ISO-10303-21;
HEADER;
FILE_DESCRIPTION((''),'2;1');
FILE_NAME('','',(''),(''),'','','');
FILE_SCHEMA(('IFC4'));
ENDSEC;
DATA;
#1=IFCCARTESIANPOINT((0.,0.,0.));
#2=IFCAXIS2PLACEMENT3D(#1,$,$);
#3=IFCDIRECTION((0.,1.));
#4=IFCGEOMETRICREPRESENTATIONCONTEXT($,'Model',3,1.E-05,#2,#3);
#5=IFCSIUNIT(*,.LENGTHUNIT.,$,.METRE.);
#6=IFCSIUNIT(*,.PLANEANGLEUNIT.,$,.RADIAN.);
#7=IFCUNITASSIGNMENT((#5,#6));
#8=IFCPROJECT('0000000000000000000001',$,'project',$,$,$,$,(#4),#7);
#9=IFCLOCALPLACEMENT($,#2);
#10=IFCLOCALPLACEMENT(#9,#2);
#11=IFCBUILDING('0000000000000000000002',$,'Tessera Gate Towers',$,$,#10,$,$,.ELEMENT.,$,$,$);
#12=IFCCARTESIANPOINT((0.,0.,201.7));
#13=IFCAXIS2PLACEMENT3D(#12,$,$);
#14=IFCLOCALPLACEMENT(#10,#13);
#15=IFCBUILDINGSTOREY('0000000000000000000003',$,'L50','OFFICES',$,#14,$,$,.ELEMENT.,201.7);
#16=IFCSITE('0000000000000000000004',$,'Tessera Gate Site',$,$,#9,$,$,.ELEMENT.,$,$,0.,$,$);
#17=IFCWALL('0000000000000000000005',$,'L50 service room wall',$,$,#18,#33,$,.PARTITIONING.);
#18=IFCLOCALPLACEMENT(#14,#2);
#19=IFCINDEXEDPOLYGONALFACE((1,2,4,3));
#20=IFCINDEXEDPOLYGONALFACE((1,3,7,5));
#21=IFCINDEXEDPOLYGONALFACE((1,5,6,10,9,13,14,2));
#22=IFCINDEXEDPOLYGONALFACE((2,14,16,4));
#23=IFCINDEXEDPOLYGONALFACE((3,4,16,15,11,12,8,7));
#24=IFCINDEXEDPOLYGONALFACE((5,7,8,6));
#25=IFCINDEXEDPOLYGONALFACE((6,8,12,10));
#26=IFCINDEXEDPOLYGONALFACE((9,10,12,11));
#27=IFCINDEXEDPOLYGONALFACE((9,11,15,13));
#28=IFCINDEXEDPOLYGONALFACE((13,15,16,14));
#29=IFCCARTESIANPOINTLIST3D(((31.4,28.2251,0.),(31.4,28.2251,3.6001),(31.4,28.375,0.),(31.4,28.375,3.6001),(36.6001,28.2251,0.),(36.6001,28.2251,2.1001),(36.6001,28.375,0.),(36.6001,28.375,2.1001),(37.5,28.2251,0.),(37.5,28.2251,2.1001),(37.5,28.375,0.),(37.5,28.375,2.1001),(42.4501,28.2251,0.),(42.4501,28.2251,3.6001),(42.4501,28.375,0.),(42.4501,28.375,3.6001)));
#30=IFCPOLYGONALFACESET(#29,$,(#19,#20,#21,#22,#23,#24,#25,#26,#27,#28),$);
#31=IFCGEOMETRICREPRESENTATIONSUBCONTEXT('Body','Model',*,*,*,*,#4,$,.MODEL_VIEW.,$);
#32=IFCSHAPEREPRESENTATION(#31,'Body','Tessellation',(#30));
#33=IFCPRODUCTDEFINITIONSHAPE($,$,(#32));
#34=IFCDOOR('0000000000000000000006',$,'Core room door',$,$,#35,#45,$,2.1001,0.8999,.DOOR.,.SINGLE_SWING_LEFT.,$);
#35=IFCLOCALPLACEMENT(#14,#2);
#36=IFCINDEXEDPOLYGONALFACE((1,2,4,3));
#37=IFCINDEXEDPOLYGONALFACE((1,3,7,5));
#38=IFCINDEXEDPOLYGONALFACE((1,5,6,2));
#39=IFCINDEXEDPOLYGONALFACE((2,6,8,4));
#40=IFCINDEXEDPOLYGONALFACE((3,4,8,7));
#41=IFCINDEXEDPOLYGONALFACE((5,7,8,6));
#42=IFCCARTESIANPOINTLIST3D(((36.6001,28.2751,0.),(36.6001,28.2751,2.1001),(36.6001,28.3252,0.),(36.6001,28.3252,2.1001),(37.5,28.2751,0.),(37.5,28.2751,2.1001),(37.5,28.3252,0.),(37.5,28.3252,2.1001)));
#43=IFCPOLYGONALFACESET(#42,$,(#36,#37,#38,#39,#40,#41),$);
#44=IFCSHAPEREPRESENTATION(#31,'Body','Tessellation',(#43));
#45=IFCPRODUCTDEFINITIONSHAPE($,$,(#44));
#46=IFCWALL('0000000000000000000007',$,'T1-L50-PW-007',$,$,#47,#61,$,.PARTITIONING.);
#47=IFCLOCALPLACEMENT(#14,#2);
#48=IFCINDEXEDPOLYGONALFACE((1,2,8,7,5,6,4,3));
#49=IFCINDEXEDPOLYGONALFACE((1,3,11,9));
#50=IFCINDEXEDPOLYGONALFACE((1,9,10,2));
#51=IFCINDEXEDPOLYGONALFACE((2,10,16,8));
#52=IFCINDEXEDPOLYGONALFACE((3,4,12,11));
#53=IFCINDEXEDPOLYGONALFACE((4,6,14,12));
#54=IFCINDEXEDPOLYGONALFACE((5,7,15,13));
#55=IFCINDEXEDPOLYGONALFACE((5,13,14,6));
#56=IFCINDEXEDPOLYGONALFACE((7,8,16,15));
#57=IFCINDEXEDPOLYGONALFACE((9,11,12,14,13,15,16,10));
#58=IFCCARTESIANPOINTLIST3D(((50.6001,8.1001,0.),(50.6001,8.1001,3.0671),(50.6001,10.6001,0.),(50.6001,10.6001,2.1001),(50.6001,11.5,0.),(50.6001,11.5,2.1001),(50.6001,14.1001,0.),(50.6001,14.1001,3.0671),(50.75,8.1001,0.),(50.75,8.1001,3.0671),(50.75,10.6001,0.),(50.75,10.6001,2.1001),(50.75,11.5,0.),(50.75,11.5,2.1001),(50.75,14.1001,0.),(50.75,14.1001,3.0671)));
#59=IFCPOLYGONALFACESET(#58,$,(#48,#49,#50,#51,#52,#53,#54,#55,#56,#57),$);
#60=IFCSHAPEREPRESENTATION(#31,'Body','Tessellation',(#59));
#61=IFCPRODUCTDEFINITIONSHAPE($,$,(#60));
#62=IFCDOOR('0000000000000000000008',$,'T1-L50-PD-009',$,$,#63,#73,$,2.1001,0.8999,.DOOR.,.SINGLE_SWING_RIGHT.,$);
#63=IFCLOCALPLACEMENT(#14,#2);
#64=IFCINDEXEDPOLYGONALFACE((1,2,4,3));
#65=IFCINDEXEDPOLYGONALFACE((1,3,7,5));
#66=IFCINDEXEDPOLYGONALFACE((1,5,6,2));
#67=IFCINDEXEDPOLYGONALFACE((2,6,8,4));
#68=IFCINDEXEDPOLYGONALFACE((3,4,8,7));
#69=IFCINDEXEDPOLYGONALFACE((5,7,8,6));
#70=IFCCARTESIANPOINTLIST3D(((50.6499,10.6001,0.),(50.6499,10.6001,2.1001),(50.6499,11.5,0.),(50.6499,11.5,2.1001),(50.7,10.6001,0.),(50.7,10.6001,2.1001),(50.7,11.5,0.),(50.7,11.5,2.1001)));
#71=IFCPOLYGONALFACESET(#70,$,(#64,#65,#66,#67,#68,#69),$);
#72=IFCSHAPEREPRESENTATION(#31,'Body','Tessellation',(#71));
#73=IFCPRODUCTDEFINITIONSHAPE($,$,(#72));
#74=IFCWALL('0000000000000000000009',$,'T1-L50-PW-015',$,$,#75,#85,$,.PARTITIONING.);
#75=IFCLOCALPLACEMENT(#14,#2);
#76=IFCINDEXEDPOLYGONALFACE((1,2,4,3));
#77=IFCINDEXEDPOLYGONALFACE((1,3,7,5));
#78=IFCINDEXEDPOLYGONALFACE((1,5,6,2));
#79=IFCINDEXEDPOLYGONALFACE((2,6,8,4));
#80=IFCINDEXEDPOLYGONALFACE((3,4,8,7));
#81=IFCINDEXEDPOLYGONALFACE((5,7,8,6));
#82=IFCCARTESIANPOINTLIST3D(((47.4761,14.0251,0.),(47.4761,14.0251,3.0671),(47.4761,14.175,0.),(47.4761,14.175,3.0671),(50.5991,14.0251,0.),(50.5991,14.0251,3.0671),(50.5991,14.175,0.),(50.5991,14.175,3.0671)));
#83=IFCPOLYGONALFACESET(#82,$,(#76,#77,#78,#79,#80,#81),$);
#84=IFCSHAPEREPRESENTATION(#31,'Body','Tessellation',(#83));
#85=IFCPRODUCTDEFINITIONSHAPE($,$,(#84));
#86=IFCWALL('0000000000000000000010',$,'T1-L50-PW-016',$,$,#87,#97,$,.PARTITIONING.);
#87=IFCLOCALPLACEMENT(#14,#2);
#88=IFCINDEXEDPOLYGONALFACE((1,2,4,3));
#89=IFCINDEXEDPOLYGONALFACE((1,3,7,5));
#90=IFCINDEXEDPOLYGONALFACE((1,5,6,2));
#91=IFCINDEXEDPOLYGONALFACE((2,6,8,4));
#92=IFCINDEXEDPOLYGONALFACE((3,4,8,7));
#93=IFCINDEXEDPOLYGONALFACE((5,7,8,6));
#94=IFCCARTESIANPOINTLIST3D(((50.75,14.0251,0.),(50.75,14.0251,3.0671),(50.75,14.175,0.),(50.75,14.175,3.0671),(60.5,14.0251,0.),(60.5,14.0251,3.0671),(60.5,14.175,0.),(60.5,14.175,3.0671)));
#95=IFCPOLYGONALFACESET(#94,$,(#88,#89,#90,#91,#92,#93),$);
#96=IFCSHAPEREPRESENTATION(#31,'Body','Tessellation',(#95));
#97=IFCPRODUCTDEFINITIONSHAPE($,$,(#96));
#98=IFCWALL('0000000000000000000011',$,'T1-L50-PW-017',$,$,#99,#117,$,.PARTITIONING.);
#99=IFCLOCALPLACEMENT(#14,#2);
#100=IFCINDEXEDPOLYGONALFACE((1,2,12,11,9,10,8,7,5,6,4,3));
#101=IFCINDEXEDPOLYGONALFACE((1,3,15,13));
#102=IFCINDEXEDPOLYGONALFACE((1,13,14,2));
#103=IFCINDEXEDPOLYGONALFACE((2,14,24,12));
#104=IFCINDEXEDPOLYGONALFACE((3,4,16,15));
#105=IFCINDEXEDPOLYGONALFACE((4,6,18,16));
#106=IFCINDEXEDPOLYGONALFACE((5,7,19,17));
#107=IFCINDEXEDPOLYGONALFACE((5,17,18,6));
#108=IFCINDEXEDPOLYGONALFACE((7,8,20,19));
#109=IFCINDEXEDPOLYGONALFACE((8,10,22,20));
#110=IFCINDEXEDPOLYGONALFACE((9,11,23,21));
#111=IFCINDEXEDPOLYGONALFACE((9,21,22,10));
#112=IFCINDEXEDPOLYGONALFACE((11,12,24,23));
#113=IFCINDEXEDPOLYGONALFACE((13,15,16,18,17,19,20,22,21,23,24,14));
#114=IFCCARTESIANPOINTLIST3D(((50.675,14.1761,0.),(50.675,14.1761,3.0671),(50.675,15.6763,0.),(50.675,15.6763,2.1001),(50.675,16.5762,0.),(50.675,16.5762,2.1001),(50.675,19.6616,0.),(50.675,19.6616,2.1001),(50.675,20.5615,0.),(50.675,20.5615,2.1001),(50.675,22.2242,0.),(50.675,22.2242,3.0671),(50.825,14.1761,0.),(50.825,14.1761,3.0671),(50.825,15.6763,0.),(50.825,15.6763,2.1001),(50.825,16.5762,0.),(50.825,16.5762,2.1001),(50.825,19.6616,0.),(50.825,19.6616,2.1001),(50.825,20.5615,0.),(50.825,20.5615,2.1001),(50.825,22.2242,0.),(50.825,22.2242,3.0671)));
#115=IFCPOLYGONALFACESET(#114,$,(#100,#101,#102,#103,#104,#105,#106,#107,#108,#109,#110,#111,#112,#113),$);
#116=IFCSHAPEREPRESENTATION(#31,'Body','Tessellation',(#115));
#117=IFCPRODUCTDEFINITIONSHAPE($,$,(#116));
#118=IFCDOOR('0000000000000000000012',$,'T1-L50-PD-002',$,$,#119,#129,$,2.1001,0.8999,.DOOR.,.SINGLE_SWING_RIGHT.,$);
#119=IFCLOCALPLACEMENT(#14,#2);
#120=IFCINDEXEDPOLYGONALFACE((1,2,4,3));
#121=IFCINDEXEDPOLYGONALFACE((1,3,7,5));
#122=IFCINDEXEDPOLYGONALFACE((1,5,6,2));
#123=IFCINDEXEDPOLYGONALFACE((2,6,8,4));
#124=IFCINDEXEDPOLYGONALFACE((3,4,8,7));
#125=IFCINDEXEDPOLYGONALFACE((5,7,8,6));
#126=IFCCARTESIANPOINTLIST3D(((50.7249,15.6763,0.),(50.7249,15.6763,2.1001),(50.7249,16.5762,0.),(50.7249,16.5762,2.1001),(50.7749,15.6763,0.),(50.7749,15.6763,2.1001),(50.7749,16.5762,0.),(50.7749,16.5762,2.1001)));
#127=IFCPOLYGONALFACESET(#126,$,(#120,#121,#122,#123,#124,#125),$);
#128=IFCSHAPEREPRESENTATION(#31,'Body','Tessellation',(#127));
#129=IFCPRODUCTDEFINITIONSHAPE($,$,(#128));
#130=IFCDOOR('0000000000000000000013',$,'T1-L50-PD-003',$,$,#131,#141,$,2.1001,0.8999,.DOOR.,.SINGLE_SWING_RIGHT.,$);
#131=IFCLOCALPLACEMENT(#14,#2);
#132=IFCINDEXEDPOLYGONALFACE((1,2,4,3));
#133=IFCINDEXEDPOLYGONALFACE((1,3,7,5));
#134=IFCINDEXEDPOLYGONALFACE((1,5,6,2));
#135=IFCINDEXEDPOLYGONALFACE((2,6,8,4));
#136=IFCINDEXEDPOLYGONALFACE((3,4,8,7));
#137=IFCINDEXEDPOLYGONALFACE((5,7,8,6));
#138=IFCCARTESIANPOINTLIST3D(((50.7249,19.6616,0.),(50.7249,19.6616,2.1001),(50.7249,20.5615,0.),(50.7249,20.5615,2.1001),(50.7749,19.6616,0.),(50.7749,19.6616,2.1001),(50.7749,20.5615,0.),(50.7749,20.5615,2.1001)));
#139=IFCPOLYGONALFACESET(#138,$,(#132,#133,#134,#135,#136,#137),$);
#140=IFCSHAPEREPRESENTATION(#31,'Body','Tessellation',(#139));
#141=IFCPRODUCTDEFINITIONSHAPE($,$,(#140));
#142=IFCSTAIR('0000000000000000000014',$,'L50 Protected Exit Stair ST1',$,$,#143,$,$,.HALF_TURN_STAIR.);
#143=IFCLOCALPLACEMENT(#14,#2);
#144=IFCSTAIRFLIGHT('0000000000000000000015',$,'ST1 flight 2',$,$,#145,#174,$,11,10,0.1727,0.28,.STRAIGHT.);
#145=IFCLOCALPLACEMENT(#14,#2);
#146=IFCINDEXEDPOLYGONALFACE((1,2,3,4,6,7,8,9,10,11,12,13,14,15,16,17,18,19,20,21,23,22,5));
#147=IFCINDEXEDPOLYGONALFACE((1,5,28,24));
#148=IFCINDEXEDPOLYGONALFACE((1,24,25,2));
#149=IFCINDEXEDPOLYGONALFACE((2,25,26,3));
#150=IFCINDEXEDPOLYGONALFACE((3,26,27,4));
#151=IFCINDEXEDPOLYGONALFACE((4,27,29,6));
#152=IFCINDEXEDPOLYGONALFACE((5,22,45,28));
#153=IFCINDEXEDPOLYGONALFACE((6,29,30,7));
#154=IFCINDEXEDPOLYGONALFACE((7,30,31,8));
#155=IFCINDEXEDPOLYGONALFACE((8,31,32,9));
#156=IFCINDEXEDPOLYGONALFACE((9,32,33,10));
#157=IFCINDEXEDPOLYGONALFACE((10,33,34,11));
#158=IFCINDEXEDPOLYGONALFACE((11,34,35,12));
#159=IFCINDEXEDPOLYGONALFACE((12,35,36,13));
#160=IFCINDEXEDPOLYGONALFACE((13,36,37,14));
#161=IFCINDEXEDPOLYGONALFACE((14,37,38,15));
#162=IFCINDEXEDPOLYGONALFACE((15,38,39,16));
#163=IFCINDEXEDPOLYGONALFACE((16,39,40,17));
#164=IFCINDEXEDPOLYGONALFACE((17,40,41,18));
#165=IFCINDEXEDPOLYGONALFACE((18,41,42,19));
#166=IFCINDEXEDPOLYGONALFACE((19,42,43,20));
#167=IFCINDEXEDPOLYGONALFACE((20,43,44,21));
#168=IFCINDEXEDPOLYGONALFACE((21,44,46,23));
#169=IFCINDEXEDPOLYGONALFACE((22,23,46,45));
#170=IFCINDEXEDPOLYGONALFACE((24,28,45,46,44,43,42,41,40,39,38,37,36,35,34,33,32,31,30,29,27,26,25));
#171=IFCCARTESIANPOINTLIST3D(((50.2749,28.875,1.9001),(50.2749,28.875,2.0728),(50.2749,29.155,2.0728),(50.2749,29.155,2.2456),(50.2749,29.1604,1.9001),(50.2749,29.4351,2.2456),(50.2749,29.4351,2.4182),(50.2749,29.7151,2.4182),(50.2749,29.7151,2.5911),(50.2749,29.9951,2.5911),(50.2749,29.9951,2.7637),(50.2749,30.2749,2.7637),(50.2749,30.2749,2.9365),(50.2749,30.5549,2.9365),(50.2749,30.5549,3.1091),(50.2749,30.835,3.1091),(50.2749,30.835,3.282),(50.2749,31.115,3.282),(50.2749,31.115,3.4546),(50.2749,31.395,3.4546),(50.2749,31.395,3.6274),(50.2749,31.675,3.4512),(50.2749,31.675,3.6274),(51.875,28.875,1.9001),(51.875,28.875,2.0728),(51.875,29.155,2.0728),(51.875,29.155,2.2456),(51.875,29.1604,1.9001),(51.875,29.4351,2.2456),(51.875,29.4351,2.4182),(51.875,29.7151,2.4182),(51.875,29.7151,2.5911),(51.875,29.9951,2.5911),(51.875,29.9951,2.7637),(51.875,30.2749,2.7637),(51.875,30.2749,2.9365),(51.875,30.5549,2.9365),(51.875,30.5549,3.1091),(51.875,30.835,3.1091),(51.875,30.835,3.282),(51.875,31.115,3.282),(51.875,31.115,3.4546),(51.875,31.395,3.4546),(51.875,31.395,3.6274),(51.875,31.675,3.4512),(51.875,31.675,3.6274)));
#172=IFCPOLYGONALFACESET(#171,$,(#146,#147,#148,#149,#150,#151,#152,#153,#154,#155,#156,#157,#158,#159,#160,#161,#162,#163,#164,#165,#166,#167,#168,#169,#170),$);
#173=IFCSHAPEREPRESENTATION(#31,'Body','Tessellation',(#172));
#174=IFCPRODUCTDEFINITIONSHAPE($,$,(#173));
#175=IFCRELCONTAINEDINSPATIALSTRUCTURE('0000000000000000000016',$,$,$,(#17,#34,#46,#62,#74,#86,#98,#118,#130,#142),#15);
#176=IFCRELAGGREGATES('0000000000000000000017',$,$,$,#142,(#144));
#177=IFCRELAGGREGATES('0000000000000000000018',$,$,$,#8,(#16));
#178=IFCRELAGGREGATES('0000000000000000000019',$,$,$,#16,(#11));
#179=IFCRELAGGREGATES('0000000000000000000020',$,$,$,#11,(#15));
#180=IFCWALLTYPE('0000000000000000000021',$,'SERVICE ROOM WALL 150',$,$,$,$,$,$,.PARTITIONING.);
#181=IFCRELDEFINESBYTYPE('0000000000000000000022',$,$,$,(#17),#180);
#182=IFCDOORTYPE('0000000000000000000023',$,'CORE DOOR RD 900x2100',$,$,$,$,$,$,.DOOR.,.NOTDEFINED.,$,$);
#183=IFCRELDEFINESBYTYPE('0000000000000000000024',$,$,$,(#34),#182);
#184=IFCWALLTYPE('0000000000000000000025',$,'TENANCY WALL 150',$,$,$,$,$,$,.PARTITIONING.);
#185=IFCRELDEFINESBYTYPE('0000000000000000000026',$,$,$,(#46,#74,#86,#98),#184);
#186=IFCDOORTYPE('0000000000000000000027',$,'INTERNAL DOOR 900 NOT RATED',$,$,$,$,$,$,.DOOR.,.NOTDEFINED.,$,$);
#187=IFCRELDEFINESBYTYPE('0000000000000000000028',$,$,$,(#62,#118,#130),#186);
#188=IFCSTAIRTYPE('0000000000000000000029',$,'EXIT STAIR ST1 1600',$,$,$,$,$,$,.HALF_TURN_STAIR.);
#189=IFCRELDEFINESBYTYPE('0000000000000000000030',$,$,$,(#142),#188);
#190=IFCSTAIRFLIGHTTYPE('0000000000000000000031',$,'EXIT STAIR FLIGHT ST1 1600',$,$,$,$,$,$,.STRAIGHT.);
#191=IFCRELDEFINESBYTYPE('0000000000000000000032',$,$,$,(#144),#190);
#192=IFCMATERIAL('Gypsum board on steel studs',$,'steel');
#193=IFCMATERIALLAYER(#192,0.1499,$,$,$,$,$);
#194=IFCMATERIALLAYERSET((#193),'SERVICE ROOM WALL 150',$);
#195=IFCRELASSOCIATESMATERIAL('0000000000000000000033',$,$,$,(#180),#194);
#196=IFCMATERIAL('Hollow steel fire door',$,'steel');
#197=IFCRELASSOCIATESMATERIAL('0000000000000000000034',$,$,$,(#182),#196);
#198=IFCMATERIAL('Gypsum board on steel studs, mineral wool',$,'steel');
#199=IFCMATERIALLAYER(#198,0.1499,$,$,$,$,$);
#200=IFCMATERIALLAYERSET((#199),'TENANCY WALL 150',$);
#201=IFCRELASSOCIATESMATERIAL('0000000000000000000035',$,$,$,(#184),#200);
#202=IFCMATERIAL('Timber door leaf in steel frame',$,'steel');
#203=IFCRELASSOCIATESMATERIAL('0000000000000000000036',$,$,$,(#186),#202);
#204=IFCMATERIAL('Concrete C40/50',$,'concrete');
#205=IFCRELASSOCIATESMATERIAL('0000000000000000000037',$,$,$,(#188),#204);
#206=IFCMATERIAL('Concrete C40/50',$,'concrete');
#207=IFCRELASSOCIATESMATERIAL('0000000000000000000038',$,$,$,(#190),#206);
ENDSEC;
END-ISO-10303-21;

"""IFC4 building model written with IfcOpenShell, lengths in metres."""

from ifc_helpers import new_model, si_unit, direction, frame, frame_2d, origin, place, context, subcontext, project, spatial, polyline, rectangle, outline, extrude, source, transform, mapped, material, layer, layer_set, type_object, element, fill, aggregate, save


model = new_model("IFC4")

# Units and contexts
model_context = context("Model", 3, precision=1e-05, world=origin(), true_north=direction((0.0, 1.0)))
body_context = subcontext(model_context, "Body", "Model", "MODEL_VIEW")
ifc_project = project(units=[si_unit("LENGTHUNIT", "METRE"), si_unit("PLANEANGLEUNIT", "RADIAN")], contexts=[model_context])

# Site, building, storey
site_placement = place(None, origin())
site = spatial("IfcSite", under=ifc_project, at=site_placement, Name="Tessera Gate Site", CompositionType="ELEMENT", RefElevation=0.0)
building_placement = place(site_placement, origin())
building = spatial("IfcBuilding", under=site, at=building_placement, Name="Tessera Gate Towers", CompositionType="ELEMENT")
storey_placement = place(building_placement, frame((0.0, 0.0, 201.7)))
storey = spatial("IfcBuildingStorey", under=building, at=storey_placement, Name="L50", Description="OFFICES", CompositionType="ELEMENT", Elevation=201.7)

# Walls, openings, doors
ifc_material_1 = material(Name="Gypsum board on steel studs", Category="steel")
ifc_layer_1 = layer(ifc_material_1, 0.1499)
ifc_layer_set_1 = layer_set([ifc_layer_1], Name="SERVICE ROOM WALL 150")
wall_type_1 = type_object("IfcWallType", Name="SERVICE ROOM WALL 150", PredefinedType="PARTITIONING", material=ifc_layer_set_1)
wall_1_placement = place(storey_placement, frame((42.45, 28.3, 0.0), z_axis=(0.0, 0.0, 1.0), x_axis=(-1.0, 0.0, 0.0)))
wall_1 = element("IfcWall", 1, at=wall_1_placement, inside=storey, type_object=wall_type_1, Name="L50 service room wall", PredefinedType="PARTITIONING", context=body_context, shape_type="SweptSolid", body=[
    extrude(rectangle(XDim=11.05, YDim=0.1499, at=frame_2d((5.5249, 0.0))), origin(), (0.0, 0.0, 1.0), 3.6001),
])
shared_shape_1 = source(origin(), body_context, "Body", "SweptSolid", [
    extrude(rectangle(XDim=0.8999, YDim=2.1001, at=frame_2d((0.45, 1.05))), frame((0.0, 0.085, 0.0), z_axis=(0.0, -1.0, 0.0), x_axis=(1.0, 0.0, 0.0)), (0.0, 0.0, 1.0), 0.1699),
])
opening_1_placement = place(wall_1_placement, frame((4.95, 0.0, 0.0)))
opening_1 = element("IfcOpeningElement", 2, at=opening_1_placement, cuts=wall_1, PredefinedType="OPENING", context=body_context, shape_type="MappedRepresentation", body=[
    mapped(shared_shape_1, transform((0.0, 0.0, 0.0), scale=1.0)),
])
ifc_material_2 = material(Name="Hollow steel fire door", Category="steel")
door_type_1 = type_object("IfcDoorType", Name="CORE DOOR RD 900x2100", OperationType="NOTDEFINED", PredefinedType="DOOR", material=ifc_material_2)
shared_shape_2 = source(origin(), body_context, "Body", "SweptSolid", [
    extrude(rectangle(XDim=0.8999, YDim=2.1001, at=frame_2d((0.45, 1.05))), frame((0.0, 0.0249, 0.0), z_axis=(0.0, -1.0, 0.0), x_axis=(1.0, 0.0, 0.0)), (0.0, 0.0, 1.0), 0.05),
])
door_1_placement = place(opening_1_placement, origin())
door_1 = element("IfcDoor", 3, at=door_1_placement, inside=storey, type_object=door_type_1, Name="Core room door", OperationType="SINGLE_SWING_LEFT", OverallHeight=2.1001, OverallWidth=0.8999, PredefinedType="DOOR", context=body_context, shape_type="MappedRepresentation", body=[
    mapped(shared_shape_2, transform((0.0, 0.0, 0.0), scale=1.0)),
])
fill(opening_1, door_1)
ifc_material_3 = material(Name="Gypsum board on steel studs, mineral wool", Category="steel")
ifc_layer_2 = layer(ifc_material_3, 0.1499)
ifc_layer_set_2 = layer_set([ifc_layer_2], Name="TENANCY WALL 150")
wall_type_2 = type_object("IfcWallType", Name="TENANCY WALL 150", PredefinedType="PARTITIONING", material=ifc_layer_set_2)
wall_2_placement = place(storey_placement, frame((50.675, 14.1001, 0.0), z_axis=(0.0, 0.0, 1.0), x_axis=(0.0, -1.0, 0.0)))
wall_2 = element("IfcWall", 4, at=wall_2_placement, inside=storey, type_object=wall_type_2, Name="T1-L50-PW-007", PredefinedType="PARTITIONING", context=body_context, shape_type="SweptSolid", body=[
    extrude(rectangle(XDim=6.0, YDim=0.1499, at=frame_2d((3.0, 0.0))), origin(), (0.0, 0.0, 1.0), 3.0671),
])
opening_2_placement = place(wall_2_placement, frame((2.6001, 0.0, 0.0)))
opening_2 = element("IfcOpeningElement", 5, at=opening_2_placement, cuts=wall_2, PredefinedType="OPENING", context=body_context, shape_type="MappedRepresentation", body=[
    mapped(shared_shape_1, transform((0.0, 0.0, 0.0), scale=1.0)),
])
ifc_material_4 = material(Name="Timber door leaf in steel frame", Category="steel")
door_type_2 = type_object("IfcDoorType", Name="INTERNAL DOOR 900 NOT RATED", OperationType="NOTDEFINED", PredefinedType="DOOR", material=ifc_material_4)
door_2_placement = place(opening_2_placement, origin())
door_2 = element("IfcDoor", 6, at=door_2_placement, inside=storey, type_object=door_type_2, Name="T1-L50-PD-009", OperationType="SINGLE_SWING_RIGHT", OverallHeight=2.1001, OverallWidth=0.8999, PredefinedType="DOOR", context=body_context, shape_type="MappedRepresentation", body=[
    mapped(shared_shape_2, transform((0.0, 0.0, 0.0), scale=1.0)),
])
fill(opening_2, door_2)

# Walls
wall_3_placement = place(storey_placement, frame((47.4761, 14.1001, 0.0), z_axis=(0.0, 0.0, 1.0), x_axis=(1.0, 0.0, 0.0)))
element("IfcWall", 7, at=wall_3_placement, inside=storey, type_object=wall_type_2, Name="T1-L50-PW-015", PredefinedType="PARTITIONING", context=body_context, shape_type="SweptSolid", body=[
    extrude(rectangle(XDim=3.123, YDim=0.1499, at=frame_2d((1.5615, 0.0))), origin(), (0.0, 0.0, 1.0), 3.0671),
])
wall_4_placement = place(storey_placement, frame((50.75, 14.1001, 0.0), z_axis=(0.0, 0.0, 1.0), x_axis=(1.0, 0.0, 0.0)))
element("IfcWall", 8, at=wall_4_placement, inside=storey, type_object=wall_type_2, Name="T1-L50-PW-016", PredefinedType="PARTITIONING", context=body_context, shape_type="SweptSolid", body=[
    extrude(rectangle(XDim=9.75, YDim=0.1499, at=frame_2d((4.875, 0.0))), origin(), (0.0, 0.0, 1.0), 3.0671),
])

# Wall, openings, doors
wall_5_placement = place(storey_placement, frame((50.75, 22.2241, 0.0), z_axis=(0.0, 0.0, 1.0), x_axis=(0.0, -1.0, 0.0)))
wall_5 = element("IfcWall", 9, at=wall_5_placement, inside=storey, type_object=wall_type_2, Name="T1-L50-PW-017", PredefinedType="PARTITIONING", context=body_context, shape_type="SweptSolid", body=[
    extrude(rectangle(XDim=8.0481, YDim=0.1499, at=frame_2d((4.0239, 0.0))), origin(), (0.0, 0.0, 1.0), 3.0671),
])
opening_3_placement = place(wall_5_placement, frame((5.6479, 0.0, 0.0)))
opening_3 = element("IfcOpeningElement", 10, at=opening_3_placement, cuts=wall_5, PredefinedType="OPENING", context=body_context, shape_type="MappedRepresentation", body=[
    mapped(shared_shape_1, transform((0.0, 0.0, 0.0), scale=1.0)),
])
opening_4_placement = place(wall_5_placement, frame((1.6626, 0.0, 0.0)))
opening_4 = element("IfcOpeningElement", 11, at=opening_4_placement, cuts=wall_5, PredefinedType="OPENING", context=body_context, shape_type="MappedRepresentation", body=[
    mapped(shared_shape_1, transform((0.0, 0.0, 0.0), scale=1.0)),
])
door_3_placement = place(opening_3_placement, origin())
door_3 = element("IfcDoor", 12, at=door_3_placement, inside=storey, type_object=door_type_2, Name="T1-L50-PD-002", OperationType="SINGLE_SWING_RIGHT", OverallHeight=2.1001, OverallWidth=0.8999, PredefinedType="DOOR", context=body_context, shape_type="MappedRepresentation", body=[
    mapped(shared_shape_2, transform((0.0, 0.0, 0.0), scale=1.0)),
])
fill(opening_3, door_3)
door_4_placement = place(opening_4_placement, origin())
door_4 = element("IfcDoor", 13, at=door_4_placement, inside=storey, type_object=door_type_2, Name="T1-L50-PD-003", OperationType="SINGLE_SWING_RIGHT", OverallHeight=2.1001, OverallWidth=0.8999, PredefinedType="DOOR", context=body_context, shape_type="MappedRepresentation", body=[
    mapped(shared_shape_2, transform((0.0, 0.0, 0.0), scale=1.0)),
])
fill(opening_4, door_4)

# Stair, stair flight
ifc_material_5 = material(Name="Concrete C40/50", Category="concrete")
stair_type = type_object("IfcStairType", Name="EXIT STAIR ST1 1600", PredefinedType="HALF_TURN_STAIR", material=ifc_material_5)
stair_placement = place(storey_placement, origin())
stair = element("IfcStair", 14, at=stair_placement, inside=storey, type_object=stair_type, Name="L50 Protected Exit Stair ST1", PredefinedType="HALF_TURN_STAIR")
ifc_material_6 = material(Name="Concrete C40/50", Category="concrete")
stair_flight_type = type_object("IfcStairFlightType", Name="EXIT STAIR FLIGHT ST1 1600", PredefinedType="STRAIGHT", material=ifc_material_6)
stair_flight_placement = place(storey_placement, frame((51.075, 28.875, 1.9001), z_axis=(0.0, 0.0, 1.0), x_axis=(0.0, 1.0, 0.0)))
stair_flight = element("IfcStairFlight", 15, at=stair_flight_placement, type_object=stair_flight_type, Name="ST1 flight 2", NumberOfRisers=11, NumberOfTreads=10, PredefinedType="STRAIGHT", RiserHeight=0.1727, TreadLength=0.28, context=body_context, shape_type="SweptSolid", body=[
    extrude(outline(polyline([(0.0, 0.0), (0.0, 0.1726), (0.28, 0.1726), (0.28, 0.3455), (0.5601, 0.3455), (0.5601, 0.5181), (0.8401, 0.5181), (0.8401, 0.6909), (1.1201, 0.6909), (1.1201, 0.8635), (1.3999, 0.8635), (1.3999, 1.0364), (1.6799, 1.0364), (1.6799, 1.209), (1.96, 1.209), (1.96, 1.3818), (2.24, 1.3818), (2.24, 1.5544), (2.52, 1.5544), (2.52, 1.7273), (2.8, 1.7273), (2.8, 1.8999), (2.8, 1.551), (0.2854, 0.0), (0.0, 0.0)])), frame((0.0, 0.8, 0.0), z_axis=(0.0, -1.0, 0.0), x_axis=(1.0, 0.0, 0.0)), (0.0, 0.0, 1.0), 1.6001),
])
aggregate(stair, [stair_flight])

save(model, "model.ifc")
